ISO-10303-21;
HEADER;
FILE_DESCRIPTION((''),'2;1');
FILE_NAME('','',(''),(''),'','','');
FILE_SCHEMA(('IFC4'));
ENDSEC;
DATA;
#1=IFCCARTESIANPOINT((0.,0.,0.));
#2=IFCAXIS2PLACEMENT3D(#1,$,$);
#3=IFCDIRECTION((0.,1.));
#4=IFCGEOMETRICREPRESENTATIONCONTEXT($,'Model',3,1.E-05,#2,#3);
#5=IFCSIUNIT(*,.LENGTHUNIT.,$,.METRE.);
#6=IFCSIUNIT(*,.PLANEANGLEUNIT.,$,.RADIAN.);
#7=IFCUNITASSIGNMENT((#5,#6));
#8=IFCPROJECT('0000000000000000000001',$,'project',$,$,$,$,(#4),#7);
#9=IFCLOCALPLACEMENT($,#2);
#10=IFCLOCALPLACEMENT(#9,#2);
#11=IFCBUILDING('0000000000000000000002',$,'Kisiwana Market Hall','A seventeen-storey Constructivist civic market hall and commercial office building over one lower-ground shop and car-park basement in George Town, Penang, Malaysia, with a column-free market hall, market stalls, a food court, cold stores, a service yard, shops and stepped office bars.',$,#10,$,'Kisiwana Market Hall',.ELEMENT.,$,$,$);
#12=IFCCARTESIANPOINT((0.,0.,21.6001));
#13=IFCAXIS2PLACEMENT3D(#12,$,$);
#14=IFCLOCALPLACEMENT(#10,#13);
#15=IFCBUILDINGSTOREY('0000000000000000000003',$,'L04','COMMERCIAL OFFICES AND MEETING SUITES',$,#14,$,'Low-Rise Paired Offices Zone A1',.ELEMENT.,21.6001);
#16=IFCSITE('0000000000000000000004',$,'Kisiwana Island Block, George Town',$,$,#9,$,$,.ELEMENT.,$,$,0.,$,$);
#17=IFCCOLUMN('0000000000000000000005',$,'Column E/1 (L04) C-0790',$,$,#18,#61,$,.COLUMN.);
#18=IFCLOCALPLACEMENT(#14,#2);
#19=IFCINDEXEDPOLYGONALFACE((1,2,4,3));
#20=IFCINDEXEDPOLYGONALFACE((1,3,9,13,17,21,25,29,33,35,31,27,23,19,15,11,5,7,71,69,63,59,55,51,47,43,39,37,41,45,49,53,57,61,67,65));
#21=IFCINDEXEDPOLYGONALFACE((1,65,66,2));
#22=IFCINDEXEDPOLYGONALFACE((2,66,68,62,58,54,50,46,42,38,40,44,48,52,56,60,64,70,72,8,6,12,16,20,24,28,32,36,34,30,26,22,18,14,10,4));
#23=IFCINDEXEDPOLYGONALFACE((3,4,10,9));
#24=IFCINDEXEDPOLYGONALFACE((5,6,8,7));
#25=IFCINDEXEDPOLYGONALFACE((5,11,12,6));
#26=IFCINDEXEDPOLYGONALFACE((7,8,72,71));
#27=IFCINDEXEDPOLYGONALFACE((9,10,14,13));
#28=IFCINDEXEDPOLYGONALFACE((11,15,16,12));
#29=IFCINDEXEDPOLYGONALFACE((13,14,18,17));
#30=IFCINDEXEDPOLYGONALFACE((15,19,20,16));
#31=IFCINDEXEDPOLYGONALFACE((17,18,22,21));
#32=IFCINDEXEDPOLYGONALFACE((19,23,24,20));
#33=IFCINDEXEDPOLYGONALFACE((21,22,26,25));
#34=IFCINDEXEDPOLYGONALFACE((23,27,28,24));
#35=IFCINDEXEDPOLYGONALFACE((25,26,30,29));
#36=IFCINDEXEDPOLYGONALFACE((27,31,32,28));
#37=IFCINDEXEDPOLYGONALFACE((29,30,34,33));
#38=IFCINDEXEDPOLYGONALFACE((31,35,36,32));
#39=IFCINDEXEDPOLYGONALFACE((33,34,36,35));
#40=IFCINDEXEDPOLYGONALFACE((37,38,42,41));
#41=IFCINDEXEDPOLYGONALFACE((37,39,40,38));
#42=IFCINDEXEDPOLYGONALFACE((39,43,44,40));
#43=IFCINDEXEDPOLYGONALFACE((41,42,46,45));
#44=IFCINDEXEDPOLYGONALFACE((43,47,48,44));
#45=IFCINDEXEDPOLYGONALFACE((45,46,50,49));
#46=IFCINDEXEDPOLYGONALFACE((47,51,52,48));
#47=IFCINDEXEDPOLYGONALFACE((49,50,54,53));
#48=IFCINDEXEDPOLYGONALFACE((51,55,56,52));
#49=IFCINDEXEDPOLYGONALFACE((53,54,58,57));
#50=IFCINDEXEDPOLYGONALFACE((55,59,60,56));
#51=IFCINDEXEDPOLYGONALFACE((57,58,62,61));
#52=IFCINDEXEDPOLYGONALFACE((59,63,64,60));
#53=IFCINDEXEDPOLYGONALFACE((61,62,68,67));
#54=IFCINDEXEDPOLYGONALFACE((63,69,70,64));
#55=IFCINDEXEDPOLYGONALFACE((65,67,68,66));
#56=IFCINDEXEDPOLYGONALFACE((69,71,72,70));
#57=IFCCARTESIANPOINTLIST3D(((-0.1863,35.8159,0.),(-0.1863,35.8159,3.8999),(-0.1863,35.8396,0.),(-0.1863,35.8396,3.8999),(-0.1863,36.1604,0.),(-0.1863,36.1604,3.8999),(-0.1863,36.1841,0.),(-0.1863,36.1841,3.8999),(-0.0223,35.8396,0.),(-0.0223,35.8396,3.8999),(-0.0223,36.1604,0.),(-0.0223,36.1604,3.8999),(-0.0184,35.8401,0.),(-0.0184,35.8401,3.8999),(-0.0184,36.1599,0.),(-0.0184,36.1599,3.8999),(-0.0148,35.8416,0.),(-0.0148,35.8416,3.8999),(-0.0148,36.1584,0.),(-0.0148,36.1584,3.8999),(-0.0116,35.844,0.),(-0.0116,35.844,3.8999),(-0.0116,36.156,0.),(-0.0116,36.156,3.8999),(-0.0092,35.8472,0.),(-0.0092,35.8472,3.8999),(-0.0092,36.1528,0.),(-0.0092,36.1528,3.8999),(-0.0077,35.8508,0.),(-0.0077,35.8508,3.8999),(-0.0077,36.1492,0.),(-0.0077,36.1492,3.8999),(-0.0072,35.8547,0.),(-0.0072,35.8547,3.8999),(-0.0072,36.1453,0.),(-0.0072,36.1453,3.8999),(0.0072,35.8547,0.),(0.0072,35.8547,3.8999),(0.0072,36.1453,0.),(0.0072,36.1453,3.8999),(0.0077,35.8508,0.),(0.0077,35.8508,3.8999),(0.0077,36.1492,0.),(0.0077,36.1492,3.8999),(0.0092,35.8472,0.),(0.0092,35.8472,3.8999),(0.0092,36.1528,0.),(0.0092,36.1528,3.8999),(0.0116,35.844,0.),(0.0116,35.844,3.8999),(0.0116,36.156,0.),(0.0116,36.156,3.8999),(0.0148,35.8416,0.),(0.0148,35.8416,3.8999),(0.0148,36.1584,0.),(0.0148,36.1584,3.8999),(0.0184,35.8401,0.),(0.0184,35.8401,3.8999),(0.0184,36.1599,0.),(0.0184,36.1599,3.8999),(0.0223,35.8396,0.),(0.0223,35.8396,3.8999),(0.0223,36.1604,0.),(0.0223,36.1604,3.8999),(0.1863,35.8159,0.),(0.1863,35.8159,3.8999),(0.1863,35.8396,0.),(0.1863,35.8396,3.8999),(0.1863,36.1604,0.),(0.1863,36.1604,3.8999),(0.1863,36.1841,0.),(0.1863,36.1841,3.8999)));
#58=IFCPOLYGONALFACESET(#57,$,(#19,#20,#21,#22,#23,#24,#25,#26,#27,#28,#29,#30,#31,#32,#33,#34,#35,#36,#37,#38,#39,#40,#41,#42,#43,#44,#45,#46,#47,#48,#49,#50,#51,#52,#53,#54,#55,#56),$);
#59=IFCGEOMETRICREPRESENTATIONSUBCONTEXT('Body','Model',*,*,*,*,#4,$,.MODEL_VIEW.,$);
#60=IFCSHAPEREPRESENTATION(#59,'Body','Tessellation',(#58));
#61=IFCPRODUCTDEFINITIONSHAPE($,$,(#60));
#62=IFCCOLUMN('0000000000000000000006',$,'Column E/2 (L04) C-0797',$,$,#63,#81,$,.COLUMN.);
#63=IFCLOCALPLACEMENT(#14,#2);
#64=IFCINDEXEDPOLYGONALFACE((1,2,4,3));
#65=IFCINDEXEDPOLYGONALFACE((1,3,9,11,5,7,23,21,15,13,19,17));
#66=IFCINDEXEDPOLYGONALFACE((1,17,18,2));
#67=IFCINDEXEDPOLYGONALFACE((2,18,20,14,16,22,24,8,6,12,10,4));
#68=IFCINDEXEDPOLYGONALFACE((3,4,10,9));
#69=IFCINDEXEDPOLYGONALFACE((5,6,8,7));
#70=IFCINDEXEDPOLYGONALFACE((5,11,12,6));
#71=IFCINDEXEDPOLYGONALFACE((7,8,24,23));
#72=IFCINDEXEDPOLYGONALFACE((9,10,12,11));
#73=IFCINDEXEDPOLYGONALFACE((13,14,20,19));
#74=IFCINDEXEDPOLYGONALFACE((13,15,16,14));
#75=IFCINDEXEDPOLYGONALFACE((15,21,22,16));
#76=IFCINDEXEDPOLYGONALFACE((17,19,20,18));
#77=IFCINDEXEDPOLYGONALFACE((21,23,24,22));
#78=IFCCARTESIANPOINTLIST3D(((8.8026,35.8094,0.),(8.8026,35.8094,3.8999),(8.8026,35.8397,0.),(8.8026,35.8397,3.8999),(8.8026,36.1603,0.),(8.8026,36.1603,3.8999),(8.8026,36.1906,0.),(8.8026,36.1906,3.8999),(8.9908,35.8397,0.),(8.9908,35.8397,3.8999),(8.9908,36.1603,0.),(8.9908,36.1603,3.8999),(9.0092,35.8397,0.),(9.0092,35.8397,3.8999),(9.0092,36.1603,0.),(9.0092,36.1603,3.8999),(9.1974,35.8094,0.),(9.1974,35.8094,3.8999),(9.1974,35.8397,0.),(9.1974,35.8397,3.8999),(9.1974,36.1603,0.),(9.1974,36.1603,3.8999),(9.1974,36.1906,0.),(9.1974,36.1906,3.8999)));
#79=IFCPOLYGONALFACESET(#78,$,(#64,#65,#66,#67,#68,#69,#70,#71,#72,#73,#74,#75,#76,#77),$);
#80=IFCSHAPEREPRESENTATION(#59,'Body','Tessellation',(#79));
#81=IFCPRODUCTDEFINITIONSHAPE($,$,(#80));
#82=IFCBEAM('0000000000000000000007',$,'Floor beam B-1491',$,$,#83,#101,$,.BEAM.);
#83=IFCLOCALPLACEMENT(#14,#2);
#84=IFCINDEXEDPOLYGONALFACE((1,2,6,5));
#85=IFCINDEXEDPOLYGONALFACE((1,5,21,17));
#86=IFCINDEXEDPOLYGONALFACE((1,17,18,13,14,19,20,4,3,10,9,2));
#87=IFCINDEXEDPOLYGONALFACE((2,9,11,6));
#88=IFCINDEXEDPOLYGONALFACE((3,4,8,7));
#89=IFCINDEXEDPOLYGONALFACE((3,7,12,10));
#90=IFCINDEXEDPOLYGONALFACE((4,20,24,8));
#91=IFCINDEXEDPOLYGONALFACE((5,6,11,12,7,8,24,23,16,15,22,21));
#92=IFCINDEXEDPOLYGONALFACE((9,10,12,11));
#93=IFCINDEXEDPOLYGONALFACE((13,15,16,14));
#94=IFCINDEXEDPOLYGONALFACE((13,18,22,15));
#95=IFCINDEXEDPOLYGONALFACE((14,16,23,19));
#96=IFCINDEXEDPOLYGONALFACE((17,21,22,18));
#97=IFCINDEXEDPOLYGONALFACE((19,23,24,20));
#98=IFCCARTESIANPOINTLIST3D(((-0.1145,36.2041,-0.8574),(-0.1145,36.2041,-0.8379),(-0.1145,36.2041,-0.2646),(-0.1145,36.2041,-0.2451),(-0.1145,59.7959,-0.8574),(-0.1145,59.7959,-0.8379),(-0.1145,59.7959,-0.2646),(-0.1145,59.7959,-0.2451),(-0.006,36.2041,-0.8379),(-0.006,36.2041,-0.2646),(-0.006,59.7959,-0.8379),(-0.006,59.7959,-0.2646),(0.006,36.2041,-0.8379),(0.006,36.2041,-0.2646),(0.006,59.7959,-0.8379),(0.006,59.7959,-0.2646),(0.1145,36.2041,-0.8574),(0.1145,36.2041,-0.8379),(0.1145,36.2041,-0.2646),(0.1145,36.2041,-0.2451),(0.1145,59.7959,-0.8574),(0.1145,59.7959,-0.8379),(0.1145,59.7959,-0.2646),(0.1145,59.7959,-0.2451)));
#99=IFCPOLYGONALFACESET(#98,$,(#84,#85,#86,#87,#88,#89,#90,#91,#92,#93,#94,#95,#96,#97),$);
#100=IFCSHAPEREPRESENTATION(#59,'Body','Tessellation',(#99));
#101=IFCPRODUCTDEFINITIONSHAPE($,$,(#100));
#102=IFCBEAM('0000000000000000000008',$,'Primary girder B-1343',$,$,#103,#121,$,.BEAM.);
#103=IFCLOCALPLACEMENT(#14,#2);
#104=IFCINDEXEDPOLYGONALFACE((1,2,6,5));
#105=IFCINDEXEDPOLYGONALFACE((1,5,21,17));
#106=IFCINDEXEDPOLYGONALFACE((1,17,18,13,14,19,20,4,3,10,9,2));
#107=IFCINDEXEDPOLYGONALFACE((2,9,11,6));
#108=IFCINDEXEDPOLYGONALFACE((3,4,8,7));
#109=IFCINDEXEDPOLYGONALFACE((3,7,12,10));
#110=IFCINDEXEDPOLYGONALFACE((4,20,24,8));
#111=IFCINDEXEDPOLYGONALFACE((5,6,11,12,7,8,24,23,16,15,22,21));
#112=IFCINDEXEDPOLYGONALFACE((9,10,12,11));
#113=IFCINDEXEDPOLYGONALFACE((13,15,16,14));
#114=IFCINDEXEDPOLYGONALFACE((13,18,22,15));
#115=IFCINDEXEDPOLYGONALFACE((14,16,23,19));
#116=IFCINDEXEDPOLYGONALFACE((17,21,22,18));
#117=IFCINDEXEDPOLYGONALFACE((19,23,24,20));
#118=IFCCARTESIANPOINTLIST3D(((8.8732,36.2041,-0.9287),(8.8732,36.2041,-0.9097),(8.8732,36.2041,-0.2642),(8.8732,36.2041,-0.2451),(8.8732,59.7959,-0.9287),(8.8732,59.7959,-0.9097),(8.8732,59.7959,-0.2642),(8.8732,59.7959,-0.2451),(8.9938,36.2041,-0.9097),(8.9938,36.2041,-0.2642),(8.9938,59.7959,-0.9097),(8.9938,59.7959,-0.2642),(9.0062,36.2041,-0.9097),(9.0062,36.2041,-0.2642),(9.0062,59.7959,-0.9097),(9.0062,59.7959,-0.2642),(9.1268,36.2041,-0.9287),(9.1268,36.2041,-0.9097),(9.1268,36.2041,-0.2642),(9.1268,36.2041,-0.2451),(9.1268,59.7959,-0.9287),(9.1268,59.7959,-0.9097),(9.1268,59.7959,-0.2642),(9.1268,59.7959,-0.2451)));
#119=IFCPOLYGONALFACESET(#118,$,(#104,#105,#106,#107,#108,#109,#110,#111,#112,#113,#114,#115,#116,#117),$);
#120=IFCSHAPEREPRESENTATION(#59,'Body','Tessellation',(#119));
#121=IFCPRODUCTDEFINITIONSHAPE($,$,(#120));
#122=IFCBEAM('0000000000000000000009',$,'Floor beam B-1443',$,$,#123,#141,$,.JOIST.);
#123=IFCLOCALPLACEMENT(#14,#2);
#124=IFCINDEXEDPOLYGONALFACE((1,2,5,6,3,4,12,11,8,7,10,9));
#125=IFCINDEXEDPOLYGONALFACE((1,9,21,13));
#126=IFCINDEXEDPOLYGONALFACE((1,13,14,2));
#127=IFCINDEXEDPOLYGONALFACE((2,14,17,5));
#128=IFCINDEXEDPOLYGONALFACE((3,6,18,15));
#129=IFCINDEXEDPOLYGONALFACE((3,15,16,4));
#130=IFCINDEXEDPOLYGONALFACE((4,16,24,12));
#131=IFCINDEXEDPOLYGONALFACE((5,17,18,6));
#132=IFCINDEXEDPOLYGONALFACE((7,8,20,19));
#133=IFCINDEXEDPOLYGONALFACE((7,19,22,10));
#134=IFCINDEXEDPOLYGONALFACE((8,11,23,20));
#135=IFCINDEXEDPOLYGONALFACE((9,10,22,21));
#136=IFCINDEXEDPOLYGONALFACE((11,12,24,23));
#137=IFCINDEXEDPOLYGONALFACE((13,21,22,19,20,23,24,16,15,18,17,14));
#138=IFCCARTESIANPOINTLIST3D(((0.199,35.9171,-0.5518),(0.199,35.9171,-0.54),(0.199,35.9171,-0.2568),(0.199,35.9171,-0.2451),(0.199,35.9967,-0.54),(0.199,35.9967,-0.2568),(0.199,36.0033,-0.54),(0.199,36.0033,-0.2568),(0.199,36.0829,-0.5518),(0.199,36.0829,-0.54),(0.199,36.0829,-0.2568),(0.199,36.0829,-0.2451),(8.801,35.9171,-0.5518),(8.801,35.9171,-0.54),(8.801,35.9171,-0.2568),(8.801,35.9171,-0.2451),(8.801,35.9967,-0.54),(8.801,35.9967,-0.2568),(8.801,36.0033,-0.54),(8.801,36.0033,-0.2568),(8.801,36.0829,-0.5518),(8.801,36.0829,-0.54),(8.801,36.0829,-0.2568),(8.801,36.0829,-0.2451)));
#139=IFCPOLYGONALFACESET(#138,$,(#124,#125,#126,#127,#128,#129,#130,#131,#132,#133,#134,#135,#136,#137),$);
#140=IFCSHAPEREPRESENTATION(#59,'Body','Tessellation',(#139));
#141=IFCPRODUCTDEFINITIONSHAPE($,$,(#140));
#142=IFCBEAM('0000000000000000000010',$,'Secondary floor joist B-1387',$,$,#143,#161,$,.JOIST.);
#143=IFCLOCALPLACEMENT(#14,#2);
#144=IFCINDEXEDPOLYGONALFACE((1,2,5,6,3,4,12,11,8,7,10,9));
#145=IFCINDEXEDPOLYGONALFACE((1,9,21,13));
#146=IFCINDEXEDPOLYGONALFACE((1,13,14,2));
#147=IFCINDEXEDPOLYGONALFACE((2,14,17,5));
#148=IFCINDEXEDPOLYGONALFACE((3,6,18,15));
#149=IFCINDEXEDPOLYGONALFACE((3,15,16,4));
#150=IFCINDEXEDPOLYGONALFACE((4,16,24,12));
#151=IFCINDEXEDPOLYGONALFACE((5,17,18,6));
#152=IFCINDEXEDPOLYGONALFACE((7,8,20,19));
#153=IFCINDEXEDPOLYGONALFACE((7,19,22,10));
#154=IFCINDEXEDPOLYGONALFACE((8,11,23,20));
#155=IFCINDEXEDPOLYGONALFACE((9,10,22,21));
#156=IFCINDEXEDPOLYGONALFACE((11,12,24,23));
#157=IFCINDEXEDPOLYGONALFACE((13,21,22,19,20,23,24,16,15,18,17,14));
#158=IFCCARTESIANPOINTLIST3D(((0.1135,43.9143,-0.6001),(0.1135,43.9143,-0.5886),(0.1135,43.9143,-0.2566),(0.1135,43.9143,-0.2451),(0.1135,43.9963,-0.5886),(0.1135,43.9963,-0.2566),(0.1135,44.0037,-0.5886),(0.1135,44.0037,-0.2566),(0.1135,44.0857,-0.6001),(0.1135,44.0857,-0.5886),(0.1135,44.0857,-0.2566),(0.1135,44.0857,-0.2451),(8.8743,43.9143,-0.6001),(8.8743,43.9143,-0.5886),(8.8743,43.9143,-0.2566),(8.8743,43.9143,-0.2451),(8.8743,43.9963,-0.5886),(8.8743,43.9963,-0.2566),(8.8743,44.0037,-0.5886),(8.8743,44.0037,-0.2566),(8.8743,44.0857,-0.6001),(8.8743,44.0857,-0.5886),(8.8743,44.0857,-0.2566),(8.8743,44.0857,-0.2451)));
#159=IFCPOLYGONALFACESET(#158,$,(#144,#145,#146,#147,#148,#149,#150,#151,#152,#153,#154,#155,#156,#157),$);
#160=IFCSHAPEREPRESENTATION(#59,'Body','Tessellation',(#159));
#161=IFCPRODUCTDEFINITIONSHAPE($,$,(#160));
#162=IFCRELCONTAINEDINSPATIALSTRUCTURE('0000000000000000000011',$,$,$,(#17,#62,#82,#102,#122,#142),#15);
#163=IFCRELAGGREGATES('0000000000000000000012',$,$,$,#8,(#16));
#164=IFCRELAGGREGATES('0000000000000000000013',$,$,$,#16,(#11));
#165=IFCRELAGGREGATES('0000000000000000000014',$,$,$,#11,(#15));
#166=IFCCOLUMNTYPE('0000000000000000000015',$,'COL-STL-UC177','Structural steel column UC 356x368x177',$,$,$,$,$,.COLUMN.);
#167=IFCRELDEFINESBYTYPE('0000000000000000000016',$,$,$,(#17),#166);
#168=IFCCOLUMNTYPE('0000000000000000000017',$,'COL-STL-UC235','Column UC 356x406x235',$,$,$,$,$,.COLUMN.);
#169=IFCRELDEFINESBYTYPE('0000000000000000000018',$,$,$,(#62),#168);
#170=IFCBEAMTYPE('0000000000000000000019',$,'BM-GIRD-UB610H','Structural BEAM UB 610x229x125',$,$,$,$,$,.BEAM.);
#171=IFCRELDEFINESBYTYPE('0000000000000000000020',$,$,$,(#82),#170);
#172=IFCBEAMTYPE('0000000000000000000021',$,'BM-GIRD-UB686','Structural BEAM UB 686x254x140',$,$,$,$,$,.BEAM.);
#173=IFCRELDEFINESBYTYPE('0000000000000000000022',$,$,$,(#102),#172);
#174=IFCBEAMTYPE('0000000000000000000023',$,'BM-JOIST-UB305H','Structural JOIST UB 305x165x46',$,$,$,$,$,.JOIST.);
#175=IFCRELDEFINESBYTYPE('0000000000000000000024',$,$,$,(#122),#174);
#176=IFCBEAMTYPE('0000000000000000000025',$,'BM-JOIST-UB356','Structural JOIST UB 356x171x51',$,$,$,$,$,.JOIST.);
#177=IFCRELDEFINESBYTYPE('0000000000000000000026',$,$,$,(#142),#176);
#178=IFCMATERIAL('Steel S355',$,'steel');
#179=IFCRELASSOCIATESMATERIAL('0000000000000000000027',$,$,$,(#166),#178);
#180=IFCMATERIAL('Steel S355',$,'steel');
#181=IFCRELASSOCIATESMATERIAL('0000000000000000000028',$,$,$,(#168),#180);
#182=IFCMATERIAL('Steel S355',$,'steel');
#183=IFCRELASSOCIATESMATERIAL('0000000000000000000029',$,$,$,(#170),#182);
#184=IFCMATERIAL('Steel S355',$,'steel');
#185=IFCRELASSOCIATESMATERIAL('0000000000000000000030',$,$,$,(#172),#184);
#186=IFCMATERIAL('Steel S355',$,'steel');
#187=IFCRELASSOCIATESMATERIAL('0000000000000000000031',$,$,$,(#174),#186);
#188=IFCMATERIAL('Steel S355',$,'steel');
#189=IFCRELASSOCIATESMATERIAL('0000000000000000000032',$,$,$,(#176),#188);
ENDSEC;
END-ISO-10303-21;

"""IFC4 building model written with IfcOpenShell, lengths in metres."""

from ifc_helpers import new_model, si_unit, direction, frame, origin, origin_2d, place, context, subcontext, project, spatial, i_section, extrude, material, material_profile, profile_set, type_object, element, save


model = new_model("IFC4")

# Units and contexts
model_context = context("Model", 3, precision=1e-05, world=origin(), true_north=direction((0.0, 1.0)))
body_context = subcontext(model_context, "Body", "Model", "MODEL_VIEW")
ifc_project = project(units=[si_unit("LENGTHUNIT", "METRE"), si_unit("PLANEANGLEUNIT", "RADIAN")], contexts=[model_context])

# Site, building, storey
site_placement = place(None, origin())
site = spatial("IfcSite", under=ifc_project, at=site_placement, Name="Kisiwana Island Block, George Town", CompositionType="ELEMENT", RefElevation=0.0)
building_placement = place(site_placement, origin())
building = spatial("IfcBuilding", under=site, at=building_placement, Name="Kisiwana Market Hall", Description="A seventeen-storey Constructivist civic market hall and commercial office building over one lower-ground shop and car-park basement in George Town, Penang, Malaysia, with a column-free market hall, market stalls, a food court, cold stores, a service yard, shops and stepped office bars.", LongName="Kisiwana Market Hall", CompositionType="ELEMENT")
storey_placement = place(building_placement, frame((0.0, 0.0, 21.6001)))
storey = spatial("IfcBuildingStorey", under=building, at=storey_placement, Name="L04", Description="COMMERCIAL OFFICES AND MEETING SUITES", LongName="Low-Rise Paired Offices Zone A1", CompositionType="ELEMENT", Elevation=21.6001)

# Columns
ifc_material_1 = material(Name="Steel S355", Category="steel")
ifc_material_profile_1 = material_profile(ifc_material_1, i_section(OverallWidth=0.3726, OverallDepth=0.3682, WebThickness=0.0144, FlangeThickness=0.0237, FilletRadius=0.0151, at=origin_2d()), Name="UC 356x368x177")
ifc_profile_set_1 = profile_set([ifc_material_profile_1], Name="Steel S355")
column_type_1 = type_object("IfcColumnType", Name="COL-STL-UC177", Description="Structural steel column UC 356x368x177", PredefinedType="COLUMN", material=ifc_profile_set_1)
column_1_placement = place(storey_placement, frame((0.0, 36.0, 0.0), z_axis=(0.0, 0.0, 1.0), x_axis=(1.0, 0.0, 0.0)))
element("IfcColumn", 1, at=column_1_placement, inside=storey, type_object=column_type_1, Name="Column E/1 (L04) C-0790", PredefinedType="COLUMN", context=body_context, shape_type="SweptSolid", body=[
    extrude(i_section(OverallWidth=0.3726, OverallDepth=0.3682, WebThickness=0.0144, FlangeThickness=0.0237, FilletRadius=0.0151, at=origin_2d()), origin(), (0.0, 0.0, 1.0), 3.8999),
])
ifc_material_2 = material(Name="Steel S355", Category="steel")
ifc_material_profile_2 = material_profile(ifc_material_2, i_section(OverallWidth=0.3948, OverallDepth=0.3811, WebThickness=0.0183, FlangeThickness=0.0303, at=origin_2d()), Name="UC 356x406x235")
ifc_profile_set_2 = profile_set([ifc_material_profile_2], Name="Steel S355")
column_type_2 = type_object("IfcColumnType", Name="COL-STL-UC235", Description="Column UC 356x406x235", PredefinedType="COLUMN", material=ifc_profile_set_2)
column_2_placement = place(storey_placement, frame((9.0, 36.0, 0.0), z_axis=(0.0, 0.0, 1.0), x_axis=(1.0, 0.0, 0.0)))
element("IfcColumn", 2, at=column_2_placement, inside=storey, type_object=column_type_2, Name="Column E/2 (L04) C-0797", PredefinedType="COLUMN", context=body_context, shape_type="SweptSolid", body=[
    extrude(i_section(OverallWidth=0.3948, OverallDepth=0.3811, WebThickness=0.0183, FlangeThickness=0.0303, at=origin_2d()), origin(), (0.0, 0.0, 1.0), 3.8999),
])

# Beams
ifc_material_3 = material(Name="Steel S355", Category="steel")
ifc_material_profile_3 = material_profile(ifc_material_3, i_section(OverallWidth=0.229, OverallDepth=0.6123, WebThickness=0.012, FlangeThickness=0.0195, at=origin_2d()), Name="UB 610x229x125")
ifc_profile_set_3 = profile_set([ifc_material_profile_3], Name="Steel S355")
beam_type_1 = type_object("IfcBeamType", Name="BM-GIRD-UB610H", Description="Structural BEAM UB 610x229x125", PredefinedType="BEAM", material=ifc_profile_set_3)
beam_1_placement = place(storey_placement, frame((0.0, 36.2041, -0.5513), z_axis=(0.0, 1.0, 0.0), x_axis=(-1.0, 0.0, 0.0)))
element("IfcBeam", 3, at=beam_1_placement, inside=storey, type_object=beam_type_1, Name="Floor beam B-1491", PredefinedType="BEAM", context=body_context, shape_type="SweptSolid", body=[
    extrude(i_section(OverallWidth=0.229, OverallDepth=0.6123, WebThickness=0.012, FlangeThickness=0.0195, at=origin_2d()), origin(), (0.0, 0.0, 1.0), 23.5918),
])
ifc_material_4 = material(Name="Steel S355", Category="steel")
ifc_material_profile_4 = material_profile(ifc_material_4, i_section(OverallWidth=0.2537, OverallDepth=0.6836, WebThickness=0.0125, FlangeThickness=0.019, at=origin_2d()), Name="UB 686x254x140")
ifc_profile_set_4 = profile_set([ifc_material_profile_4], Name="Steel S355")
beam_type_2 = type_object("IfcBeamType", Name="BM-GIRD-UB686", Description="Structural BEAM UB 686x254x140", PredefinedType="BEAM", material=ifc_profile_set_4)
beam_2_placement = place(storey_placement, frame((9.0, 36.2041, -0.5869), z_axis=(0.0, 1.0, 0.0), x_axis=(-1.0, 0.0, 0.0)))
element("IfcBeam", 4, at=beam_2_placement, inside=storey, type_object=beam_type_2, Name="Primary girder B-1343", PredefinedType="BEAM", context=body_context, shape_type="SweptSolid", body=[
    extrude(i_section(OverallWidth=0.2537, OverallDepth=0.6836, WebThickness=0.0125, FlangeThickness=0.019, at=origin_2d()), origin(), (0.0, 0.0, 1.0), 23.5918),
])
ifc_material_5 = material(Name="Steel S355", Category="steel")
ifc_material_profile_5 = material_profile(ifc_material_5, i_section(OverallWidth=0.1658, OverallDepth=0.3066, WebThickness=0.0066, FlangeThickness=0.0117, at=origin_2d()), Name="UB 305x165x46")
ifc_profile_set_5 = profile_set([ifc_material_profile_5], Name="Steel S355")
beam_type_3 = type_object("IfcBeamType", Name="BM-JOIST-UB305H", Description="Structural JOIST UB 305x165x46", PredefinedType="JOIST", material=ifc_profile_set_5)
beam_3_placement = place(storey_placement, frame((0.199, 36.0, -0.3984), z_axis=(1.0, 0.0, 0.0), x_axis=(0.0, 1.0, 0.0)))
element("IfcBeam", 5, at=beam_3_placement, inside=storey, type_object=beam_type_3, Name="Floor beam B-1443", PredefinedType="JOIST", context=body_context, shape_type="SweptSolid", body=[
    extrude(i_section(OverallWidth=0.1658, OverallDepth=0.3066, WebThickness=0.0066, FlangeThickness=0.0117, at=origin_2d()), origin(), (0.0, 0.0, 1.0), 8.6021),
])
ifc_material_6 = material(Name="Steel S355", Category="steel")
ifc_material_profile_6 = material_profile(ifc_material_6, i_section(OverallWidth=0.1714, OverallDepth=0.355, WebThickness=0.0073, FlangeThickness=0.0115, at=origin_2d()), Name="UB 356x171x51")
ifc_profile_set_6 = profile_set([ifc_material_profile_6], Name="Steel S355")
beam_type_4 = type_object("IfcBeamType", Name="BM-JOIST-UB356", Description="Structural JOIST UB 356x171x51", PredefinedType="JOIST", material=ifc_profile_set_6)
beam_4_placement = place(storey_placement, frame((0.1135, 44.0, -0.4226), z_axis=(1.0, 0.0, 0.0), x_axis=(0.0, 1.0, 0.0)))
element("IfcBeam", 6, at=beam_4_placement, inside=storey, type_object=beam_type_4, Name="Secondary floor joist B-1387", PredefinedType="JOIST", context=body_context, shape_type="SweptSolid", body=[
    extrude(i_section(OverallWidth=0.1714, OverallDepth=0.355, WebThickness=0.0073, FlangeThickness=0.0115, at=origin_2d()), origin(), (0.0, 0.0, 1.0), 8.7607),
])

save(model, "model.ifc")
